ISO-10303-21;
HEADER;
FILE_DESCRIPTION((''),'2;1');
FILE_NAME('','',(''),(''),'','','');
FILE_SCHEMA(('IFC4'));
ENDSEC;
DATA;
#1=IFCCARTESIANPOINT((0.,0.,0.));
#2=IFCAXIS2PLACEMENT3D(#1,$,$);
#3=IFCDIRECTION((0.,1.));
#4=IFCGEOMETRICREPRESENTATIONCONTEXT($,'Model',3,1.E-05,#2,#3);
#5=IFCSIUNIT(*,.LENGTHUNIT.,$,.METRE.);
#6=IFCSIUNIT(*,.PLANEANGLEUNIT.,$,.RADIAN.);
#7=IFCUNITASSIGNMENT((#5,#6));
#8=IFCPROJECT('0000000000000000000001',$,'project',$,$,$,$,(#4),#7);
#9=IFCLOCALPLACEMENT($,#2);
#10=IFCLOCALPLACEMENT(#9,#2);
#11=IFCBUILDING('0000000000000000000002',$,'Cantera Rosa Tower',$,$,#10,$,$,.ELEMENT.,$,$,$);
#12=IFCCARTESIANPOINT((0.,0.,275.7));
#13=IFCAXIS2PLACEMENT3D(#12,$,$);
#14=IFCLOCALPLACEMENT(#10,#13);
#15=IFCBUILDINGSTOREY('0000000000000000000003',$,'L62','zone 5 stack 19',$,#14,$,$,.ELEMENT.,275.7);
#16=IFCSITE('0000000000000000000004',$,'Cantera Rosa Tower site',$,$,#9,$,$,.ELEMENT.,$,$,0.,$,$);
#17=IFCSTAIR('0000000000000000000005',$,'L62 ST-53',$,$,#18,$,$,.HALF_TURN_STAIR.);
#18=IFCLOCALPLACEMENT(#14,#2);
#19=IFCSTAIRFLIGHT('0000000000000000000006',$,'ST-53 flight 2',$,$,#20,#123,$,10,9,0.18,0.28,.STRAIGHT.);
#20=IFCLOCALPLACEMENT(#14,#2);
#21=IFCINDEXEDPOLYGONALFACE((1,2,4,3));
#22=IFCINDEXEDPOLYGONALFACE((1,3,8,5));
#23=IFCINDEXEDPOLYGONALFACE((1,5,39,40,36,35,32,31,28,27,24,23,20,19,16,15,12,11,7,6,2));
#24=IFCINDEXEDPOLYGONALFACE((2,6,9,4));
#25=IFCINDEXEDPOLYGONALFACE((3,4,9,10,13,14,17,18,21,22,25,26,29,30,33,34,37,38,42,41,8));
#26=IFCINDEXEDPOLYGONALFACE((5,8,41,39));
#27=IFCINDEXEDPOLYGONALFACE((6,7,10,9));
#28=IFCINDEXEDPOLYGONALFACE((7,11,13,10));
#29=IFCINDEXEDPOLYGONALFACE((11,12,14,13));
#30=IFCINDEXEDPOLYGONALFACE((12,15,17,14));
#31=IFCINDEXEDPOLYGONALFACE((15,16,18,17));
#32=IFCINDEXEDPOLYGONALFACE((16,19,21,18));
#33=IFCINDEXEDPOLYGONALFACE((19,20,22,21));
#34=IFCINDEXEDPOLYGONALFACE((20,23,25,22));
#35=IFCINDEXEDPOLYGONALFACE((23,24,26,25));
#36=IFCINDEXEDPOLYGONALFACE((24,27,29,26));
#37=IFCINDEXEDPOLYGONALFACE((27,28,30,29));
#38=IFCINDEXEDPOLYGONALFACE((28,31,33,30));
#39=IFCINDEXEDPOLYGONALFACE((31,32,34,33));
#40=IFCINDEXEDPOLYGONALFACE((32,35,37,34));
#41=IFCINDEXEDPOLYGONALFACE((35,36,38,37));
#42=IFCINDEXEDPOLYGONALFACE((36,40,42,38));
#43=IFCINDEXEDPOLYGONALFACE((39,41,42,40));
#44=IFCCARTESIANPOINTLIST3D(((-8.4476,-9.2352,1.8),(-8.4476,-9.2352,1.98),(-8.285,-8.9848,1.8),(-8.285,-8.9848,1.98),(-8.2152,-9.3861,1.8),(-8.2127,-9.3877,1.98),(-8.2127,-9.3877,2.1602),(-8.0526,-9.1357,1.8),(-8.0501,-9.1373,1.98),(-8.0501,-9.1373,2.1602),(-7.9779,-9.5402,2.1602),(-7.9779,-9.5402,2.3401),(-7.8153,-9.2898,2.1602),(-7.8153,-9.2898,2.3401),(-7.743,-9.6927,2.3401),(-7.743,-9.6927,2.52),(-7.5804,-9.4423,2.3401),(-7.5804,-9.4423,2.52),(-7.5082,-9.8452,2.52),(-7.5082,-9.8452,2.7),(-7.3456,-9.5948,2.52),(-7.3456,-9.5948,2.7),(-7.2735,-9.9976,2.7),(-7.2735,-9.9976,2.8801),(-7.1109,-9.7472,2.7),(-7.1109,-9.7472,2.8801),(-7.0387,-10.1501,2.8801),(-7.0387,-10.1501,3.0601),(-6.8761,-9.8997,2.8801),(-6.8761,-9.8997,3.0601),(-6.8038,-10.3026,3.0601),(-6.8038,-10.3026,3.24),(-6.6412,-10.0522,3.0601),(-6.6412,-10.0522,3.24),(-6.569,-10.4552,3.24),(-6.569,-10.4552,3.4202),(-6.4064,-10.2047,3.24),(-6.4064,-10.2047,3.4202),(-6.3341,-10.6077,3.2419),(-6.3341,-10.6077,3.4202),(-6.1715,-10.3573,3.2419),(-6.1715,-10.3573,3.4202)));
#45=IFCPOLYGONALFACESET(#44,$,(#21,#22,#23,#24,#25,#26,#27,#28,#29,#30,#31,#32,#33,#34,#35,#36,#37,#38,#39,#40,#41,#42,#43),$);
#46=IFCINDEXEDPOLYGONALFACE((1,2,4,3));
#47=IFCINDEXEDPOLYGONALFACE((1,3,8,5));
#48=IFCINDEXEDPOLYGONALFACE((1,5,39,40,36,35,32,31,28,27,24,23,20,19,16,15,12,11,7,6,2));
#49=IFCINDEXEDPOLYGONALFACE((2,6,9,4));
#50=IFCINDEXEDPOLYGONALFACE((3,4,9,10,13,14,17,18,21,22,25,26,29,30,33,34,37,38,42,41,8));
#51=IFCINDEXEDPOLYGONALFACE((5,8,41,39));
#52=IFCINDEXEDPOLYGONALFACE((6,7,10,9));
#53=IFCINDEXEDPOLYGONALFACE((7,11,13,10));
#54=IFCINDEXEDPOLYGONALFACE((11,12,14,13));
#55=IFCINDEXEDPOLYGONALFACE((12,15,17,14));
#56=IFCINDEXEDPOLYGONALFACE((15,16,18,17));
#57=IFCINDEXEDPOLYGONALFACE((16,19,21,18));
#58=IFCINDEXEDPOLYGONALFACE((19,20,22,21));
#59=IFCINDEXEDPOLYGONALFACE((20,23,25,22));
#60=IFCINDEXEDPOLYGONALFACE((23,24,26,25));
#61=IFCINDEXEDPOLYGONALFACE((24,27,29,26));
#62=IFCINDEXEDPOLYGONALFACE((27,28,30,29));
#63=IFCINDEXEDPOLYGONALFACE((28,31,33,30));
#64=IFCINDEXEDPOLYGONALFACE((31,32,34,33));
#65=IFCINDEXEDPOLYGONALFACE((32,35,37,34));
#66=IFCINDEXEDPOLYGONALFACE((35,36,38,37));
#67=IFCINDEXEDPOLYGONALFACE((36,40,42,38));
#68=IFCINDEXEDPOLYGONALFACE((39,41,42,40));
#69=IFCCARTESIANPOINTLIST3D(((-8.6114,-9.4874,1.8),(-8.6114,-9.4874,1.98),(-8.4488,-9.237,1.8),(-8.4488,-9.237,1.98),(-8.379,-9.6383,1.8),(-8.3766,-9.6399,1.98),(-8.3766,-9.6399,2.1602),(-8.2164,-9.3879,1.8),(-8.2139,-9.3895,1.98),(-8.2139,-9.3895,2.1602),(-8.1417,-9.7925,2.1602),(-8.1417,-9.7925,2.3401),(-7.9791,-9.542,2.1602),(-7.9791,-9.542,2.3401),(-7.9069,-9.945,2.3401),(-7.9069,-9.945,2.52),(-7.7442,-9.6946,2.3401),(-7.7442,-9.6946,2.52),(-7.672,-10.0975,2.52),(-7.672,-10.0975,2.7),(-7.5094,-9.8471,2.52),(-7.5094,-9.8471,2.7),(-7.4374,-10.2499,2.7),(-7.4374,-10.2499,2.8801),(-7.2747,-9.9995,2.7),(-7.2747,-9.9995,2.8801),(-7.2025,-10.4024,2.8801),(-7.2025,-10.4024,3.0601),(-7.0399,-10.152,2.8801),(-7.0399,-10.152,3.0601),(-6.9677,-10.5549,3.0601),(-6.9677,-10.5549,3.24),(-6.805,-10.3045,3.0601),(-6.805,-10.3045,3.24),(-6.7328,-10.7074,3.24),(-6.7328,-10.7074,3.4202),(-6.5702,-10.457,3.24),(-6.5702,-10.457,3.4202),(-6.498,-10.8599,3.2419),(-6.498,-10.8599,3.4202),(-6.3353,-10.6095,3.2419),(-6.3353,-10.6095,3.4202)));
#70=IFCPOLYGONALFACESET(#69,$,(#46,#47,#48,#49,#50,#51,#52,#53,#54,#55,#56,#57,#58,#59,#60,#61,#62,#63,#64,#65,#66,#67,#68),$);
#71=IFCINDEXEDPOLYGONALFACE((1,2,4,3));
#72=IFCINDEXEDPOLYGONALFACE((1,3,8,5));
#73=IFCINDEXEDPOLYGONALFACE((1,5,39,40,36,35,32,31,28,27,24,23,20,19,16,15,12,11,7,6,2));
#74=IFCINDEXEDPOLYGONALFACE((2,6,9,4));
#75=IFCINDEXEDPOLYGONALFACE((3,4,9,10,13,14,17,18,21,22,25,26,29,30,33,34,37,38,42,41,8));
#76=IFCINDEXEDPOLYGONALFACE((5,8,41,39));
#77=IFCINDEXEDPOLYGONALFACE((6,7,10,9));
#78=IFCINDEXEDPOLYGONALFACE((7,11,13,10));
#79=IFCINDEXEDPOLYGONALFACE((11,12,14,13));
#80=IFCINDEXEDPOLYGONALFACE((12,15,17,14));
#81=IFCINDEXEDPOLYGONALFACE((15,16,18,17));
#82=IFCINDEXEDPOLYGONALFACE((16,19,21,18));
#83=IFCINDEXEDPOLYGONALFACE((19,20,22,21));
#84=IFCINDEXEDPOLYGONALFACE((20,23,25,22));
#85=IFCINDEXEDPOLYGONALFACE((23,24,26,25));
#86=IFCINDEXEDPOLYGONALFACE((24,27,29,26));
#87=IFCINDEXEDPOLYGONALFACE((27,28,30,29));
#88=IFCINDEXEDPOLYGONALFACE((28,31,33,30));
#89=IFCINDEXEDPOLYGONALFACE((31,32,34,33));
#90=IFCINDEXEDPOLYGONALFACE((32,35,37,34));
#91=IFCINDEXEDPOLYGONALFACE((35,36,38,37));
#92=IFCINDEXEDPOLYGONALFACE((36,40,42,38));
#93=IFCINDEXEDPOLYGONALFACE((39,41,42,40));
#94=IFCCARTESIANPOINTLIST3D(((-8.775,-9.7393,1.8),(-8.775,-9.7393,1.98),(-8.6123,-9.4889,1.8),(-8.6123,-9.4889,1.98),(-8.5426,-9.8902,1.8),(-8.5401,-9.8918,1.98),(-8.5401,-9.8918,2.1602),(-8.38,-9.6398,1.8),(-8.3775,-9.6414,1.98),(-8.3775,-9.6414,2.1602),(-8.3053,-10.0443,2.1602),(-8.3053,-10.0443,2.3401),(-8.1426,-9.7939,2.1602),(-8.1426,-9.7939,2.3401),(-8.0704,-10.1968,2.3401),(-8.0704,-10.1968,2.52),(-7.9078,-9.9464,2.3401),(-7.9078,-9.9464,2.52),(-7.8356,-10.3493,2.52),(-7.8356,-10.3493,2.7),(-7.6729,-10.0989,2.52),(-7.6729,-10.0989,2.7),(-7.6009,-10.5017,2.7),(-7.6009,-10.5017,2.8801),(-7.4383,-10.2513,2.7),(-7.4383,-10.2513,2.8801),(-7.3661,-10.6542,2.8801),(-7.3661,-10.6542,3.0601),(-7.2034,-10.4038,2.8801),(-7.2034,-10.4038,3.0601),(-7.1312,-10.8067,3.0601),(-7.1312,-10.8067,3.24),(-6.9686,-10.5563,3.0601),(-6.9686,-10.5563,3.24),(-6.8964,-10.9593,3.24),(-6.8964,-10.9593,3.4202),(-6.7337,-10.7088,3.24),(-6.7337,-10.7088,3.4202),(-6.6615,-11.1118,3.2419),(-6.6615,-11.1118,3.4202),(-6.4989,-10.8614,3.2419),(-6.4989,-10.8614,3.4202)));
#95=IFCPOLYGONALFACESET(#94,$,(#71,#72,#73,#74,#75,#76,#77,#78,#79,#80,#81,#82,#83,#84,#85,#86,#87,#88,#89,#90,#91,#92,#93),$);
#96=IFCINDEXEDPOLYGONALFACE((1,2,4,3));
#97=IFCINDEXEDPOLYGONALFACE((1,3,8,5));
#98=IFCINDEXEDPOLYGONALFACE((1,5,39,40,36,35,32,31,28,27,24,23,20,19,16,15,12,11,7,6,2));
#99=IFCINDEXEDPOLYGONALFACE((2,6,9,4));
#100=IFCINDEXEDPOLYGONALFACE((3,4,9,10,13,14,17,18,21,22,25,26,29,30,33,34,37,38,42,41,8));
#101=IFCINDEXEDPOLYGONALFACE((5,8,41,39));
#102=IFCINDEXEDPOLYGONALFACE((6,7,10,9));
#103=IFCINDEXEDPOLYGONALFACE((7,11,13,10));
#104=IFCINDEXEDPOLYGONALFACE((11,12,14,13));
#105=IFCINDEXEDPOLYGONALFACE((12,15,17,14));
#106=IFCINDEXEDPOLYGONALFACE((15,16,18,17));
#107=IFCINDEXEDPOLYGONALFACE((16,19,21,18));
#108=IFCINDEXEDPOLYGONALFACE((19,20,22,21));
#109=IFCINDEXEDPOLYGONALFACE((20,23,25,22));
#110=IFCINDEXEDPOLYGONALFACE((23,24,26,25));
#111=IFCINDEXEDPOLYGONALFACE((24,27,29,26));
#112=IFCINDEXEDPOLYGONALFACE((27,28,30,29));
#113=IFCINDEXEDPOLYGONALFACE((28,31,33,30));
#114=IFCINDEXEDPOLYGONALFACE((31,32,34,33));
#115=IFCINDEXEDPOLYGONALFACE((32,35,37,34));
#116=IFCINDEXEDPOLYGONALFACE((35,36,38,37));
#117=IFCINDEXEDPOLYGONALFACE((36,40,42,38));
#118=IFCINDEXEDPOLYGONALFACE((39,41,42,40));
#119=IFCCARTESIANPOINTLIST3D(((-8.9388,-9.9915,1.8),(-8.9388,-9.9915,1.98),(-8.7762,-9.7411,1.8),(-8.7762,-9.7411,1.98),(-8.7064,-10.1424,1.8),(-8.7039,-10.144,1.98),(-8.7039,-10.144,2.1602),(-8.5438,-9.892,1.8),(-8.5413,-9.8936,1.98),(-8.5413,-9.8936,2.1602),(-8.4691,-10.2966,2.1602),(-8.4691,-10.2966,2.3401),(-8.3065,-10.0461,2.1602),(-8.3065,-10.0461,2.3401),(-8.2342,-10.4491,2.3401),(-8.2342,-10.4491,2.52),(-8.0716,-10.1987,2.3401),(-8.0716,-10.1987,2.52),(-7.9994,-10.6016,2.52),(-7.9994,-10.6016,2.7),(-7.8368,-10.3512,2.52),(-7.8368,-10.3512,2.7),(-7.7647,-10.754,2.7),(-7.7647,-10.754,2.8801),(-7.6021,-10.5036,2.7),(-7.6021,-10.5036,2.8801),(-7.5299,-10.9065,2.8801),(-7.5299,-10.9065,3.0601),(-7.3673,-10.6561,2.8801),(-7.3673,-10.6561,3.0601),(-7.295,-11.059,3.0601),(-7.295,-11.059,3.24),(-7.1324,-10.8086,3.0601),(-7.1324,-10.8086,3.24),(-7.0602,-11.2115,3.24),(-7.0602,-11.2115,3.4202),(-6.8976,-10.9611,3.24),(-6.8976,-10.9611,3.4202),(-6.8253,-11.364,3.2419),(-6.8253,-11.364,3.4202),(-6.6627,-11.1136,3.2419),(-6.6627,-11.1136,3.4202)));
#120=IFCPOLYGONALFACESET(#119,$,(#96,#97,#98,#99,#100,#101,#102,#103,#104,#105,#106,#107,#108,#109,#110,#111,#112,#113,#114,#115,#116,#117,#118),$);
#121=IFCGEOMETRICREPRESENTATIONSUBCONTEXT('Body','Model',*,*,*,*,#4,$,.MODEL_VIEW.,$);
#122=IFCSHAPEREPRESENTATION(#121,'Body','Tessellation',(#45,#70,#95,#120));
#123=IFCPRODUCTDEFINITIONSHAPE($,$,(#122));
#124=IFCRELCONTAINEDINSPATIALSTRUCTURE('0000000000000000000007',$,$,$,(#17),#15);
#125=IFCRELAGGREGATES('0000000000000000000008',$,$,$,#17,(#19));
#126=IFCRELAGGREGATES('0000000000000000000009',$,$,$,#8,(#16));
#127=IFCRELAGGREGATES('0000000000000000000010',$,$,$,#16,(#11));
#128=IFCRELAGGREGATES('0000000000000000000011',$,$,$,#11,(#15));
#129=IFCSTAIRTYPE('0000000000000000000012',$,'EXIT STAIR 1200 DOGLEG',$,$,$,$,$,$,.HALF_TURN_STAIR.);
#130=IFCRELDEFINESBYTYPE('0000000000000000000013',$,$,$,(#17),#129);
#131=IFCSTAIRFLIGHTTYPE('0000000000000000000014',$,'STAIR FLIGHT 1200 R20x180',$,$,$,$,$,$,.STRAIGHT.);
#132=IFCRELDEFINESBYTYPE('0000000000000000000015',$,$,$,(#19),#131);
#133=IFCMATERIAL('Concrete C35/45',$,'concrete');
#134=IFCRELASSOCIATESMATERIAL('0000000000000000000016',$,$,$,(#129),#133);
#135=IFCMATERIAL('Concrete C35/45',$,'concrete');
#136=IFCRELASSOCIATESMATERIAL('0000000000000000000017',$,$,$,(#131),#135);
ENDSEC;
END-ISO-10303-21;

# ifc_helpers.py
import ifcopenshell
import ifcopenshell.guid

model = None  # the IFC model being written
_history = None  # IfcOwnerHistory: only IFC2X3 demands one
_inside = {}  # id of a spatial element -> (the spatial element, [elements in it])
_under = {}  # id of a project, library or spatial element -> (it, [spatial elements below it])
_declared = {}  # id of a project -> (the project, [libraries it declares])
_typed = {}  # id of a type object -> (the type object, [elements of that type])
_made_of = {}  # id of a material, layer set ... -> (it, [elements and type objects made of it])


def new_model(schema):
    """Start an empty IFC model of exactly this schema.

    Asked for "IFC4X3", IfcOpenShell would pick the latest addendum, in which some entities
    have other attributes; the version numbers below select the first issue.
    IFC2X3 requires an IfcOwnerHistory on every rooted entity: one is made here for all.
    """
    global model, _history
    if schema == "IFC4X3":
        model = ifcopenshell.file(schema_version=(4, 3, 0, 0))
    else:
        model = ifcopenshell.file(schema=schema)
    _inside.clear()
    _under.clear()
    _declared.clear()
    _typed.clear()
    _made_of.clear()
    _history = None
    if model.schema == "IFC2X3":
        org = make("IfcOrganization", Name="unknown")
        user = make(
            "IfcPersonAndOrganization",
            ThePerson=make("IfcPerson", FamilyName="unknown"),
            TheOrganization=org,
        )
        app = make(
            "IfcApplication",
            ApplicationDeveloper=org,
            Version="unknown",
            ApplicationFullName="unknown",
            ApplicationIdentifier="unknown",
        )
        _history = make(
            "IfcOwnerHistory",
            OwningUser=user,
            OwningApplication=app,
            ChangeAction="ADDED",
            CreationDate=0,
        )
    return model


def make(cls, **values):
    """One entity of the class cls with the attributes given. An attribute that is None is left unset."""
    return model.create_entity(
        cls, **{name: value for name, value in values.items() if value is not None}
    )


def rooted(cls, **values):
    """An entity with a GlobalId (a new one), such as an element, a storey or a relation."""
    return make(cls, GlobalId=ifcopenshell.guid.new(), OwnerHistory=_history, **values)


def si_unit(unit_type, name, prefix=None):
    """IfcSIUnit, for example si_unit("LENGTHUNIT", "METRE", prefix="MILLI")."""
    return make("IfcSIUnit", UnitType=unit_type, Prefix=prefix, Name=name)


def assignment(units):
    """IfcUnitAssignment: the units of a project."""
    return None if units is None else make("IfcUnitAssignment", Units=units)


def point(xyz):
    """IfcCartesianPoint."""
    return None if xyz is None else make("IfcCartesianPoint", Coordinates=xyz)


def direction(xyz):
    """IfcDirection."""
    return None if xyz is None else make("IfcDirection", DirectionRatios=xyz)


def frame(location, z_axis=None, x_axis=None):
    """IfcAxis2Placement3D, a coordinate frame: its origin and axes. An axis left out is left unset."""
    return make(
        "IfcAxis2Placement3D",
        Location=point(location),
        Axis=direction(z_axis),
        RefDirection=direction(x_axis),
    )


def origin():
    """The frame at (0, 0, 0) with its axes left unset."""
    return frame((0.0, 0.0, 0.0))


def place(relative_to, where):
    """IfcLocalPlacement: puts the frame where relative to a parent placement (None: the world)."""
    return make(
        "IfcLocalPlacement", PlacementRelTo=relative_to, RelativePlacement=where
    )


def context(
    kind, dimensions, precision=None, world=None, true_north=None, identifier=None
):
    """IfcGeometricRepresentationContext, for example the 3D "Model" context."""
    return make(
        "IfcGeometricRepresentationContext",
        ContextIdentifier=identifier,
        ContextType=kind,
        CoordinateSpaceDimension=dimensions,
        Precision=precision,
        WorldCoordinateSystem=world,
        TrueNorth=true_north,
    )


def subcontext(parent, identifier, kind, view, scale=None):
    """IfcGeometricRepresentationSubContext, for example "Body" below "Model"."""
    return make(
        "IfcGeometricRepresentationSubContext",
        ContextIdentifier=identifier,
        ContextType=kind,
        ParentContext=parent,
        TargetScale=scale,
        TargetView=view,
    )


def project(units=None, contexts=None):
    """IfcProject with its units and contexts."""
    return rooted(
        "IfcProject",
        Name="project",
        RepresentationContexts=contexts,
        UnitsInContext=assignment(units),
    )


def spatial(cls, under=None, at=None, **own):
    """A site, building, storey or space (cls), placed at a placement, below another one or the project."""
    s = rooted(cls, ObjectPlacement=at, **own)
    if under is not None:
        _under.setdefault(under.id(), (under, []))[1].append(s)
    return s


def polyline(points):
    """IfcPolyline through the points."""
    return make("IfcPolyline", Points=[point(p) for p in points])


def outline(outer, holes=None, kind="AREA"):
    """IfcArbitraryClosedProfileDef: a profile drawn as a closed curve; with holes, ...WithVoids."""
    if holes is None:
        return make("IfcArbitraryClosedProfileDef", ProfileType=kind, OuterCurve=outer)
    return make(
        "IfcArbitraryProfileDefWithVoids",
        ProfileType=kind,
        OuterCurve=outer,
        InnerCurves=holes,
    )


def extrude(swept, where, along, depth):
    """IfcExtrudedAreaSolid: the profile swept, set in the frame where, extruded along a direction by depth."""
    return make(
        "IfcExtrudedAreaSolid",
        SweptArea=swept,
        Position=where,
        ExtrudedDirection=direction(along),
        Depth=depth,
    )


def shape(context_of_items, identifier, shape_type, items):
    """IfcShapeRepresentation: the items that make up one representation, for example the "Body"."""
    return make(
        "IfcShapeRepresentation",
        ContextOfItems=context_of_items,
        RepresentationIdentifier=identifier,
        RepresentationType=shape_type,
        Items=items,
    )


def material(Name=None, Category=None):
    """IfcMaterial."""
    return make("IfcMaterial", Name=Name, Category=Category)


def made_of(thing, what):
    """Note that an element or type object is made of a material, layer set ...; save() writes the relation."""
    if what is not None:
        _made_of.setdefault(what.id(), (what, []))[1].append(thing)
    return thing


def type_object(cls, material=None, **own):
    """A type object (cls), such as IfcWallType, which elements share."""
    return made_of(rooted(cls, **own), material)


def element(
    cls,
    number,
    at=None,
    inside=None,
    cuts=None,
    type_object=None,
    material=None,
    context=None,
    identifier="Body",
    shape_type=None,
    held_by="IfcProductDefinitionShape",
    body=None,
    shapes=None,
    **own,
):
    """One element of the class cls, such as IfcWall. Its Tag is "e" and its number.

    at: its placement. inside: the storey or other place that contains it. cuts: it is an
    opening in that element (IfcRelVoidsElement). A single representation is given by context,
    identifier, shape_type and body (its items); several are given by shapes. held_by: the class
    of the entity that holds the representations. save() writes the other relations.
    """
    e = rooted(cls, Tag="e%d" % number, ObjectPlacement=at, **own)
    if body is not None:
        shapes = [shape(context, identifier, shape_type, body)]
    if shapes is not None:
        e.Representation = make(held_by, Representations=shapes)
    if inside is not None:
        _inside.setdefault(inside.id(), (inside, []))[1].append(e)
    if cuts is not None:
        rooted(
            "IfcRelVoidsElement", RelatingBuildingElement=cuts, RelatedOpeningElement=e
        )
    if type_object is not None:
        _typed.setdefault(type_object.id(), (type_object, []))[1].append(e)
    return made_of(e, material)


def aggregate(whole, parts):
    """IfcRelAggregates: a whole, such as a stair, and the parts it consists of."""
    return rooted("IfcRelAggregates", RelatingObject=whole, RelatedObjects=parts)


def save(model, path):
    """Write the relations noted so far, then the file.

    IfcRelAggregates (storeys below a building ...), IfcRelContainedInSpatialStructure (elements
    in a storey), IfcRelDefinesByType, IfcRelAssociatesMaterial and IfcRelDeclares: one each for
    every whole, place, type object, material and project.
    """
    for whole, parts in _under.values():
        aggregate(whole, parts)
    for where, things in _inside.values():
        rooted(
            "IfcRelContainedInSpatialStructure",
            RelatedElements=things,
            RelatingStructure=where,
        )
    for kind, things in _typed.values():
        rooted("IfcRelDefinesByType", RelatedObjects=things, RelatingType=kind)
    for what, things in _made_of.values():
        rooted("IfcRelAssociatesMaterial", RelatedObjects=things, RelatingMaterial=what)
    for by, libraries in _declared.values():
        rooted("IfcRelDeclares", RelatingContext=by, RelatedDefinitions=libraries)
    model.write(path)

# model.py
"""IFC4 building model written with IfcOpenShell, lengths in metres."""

from ifc_helpers import new_model, si_unit, direction, frame, origin, place, context, subcontext, project, spatial, polyline, outline, extrude, material, type_object, element, aggregate, save


model = new_model("IFC4")

# Units and contexts
model_context = context("Model", 3, precision=1e-05, world=origin(), true_north=direction((0.0, 1.0)))
body_context = subcontext(model_context, "Body", "Model", "MODEL_VIEW")
ifc_project = project(units=[si_unit("LENGTHUNIT", "METRE"), si_unit("PLANEANGLEUNIT", "RADIAN")], contexts=[model_context])

# Site, building, storey
site_placement = place(None, origin())
site = spatial("IfcSite", under=ifc_project, at=site_placement, Name="Cantera Rosa Tower site", CompositionType="ELEMENT", RefElevation=0.0)
building_placement = place(site_placement, origin())
building = spatial("IfcBuilding", under=site, at=building_placement, Name="Cantera Rosa Tower", CompositionType="ELEMENT")
storey_placement = place(building_placement, frame((0.0, 0.0, 275.7)))
storey = spatial("IfcBuildingStorey", under=building, at=storey_placement, Name="L62", Description="zone 5 stack 19", CompositionType="ELEMENT", Elevation=275.7)

# Stair, stair flight
ifc_material_1 = material(Name="Concrete C35/45", Category="concrete")
stair_type = type_object("IfcStairType", Name="EXIT STAIR 1200 DOGLEG", PredefinedType="HALF_TURN_STAIR", material=ifc_material_1)
stair_placement = place(storey_placement, origin())
stair = element("IfcStair", 1, at=stair_placement, inside=storey, type_object=stair_type, Name="L62 ST-53", PredefinedType="HALF_TURN_STAIR")
ifc_material_2 = material(Name="Concrete C35/45", Category="concrete")
stair_flight_type = type_object("IfcStairFlightType", Name="STAIR FLIGHT 1200 R20x180", PredefinedType="STRAIGHT", material=ifc_material_2)
stair_flight_1_placement = place(storey_placement, frame((-8.6118, -9.488, 1.8), z_axis=(0.0, 0.0, 1.0), x_axis=(0.838671, -0.544639, 0.0)))
stair_flight_1 = element("IfcStairFlight", 2, at=stair_flight_1_placement, type_object=stair_flight_type, Name="ST-53 flight 2", NumberOfRisers=10, NumberOfTreads=9, PredefinedType="STRAIGHT", RiserHeight=0.18, TreadLength=0.28, context=body_context, shape_type="SweptSolid", body=[
    extrude(outline(polyline([(0.0, 0.0), (0.0, 0.1799), (0.28, 0.1799), (0.28, 0.3601), (0.5601, 0.3601), (0.5601, 0.54), (0.8401, 0.54), (0.8401, 0.72), (1.1201, 0.72), (1.1201, 0.8999), (1.3999, 0.8999), (1.3999, 1.0801), (1.6799, 1.0801), (1.6799, 1.26), (1.96, 1.26), (1.96, 1.4399), (2.24, 1.4399), (2.24, 1.6201), (2.52, 1.6201), (2.52, 1.8), (2.52, 1.4419), (0.2771, 0.0), (0.0, 0.0)])), frame((0.0, 0.6001, 0.0), z_axis=(0.0, -1.0, 0.0), x_axis=(1.0, 0.0, 0.0)), (0.0, 0.0, 1.0), 0.2986),
    extrude(outline(polyline([(0.0, 0.0), (0.0, 0.1799), (0.28, 0.1799), (0.28, 0.3601), (0.5601, 0.3601), (0.5601, 0.54), (0.8401, 0.54), (0.8401, 0.72), (1.1201, 0.72), (1.1201, 0.8999), (1.3999, 0.8999), (1.3999, 1.0801), (1.6799, 1.0801), (1.6799, 1.26), (1.96, 1.26), (1.96, 1.4399), (2.24, 1.4399), (2.24, 1.6201), (2.52, 1.6201), (2.52, 1.8), (2.52, 1.4419), (0.2771, 0.0), (0.0, 0.0)])), frame((0.0, 0.2993, 0.0), z_axis=(0.0, -1.0, 0.0), x_axis=(1.0, 0.0, 0.0)), (0.0, 0.0, 1.0), 0.2986),
    extrude(outline(polyline([(0.0, 0.0), (0.0, 0.1799), (0.28, 0.1799), (0.28, 0.3601), (0.5601, 0.3601), (0.5601, 0.54), (0.8401, 0.54), (0.8401, 0.72), (1.1201, 0.72), (1.1201, 0.8999), (1.3999, 0.8999), (1.3999, 1.0801), (1.6799, 1.0801), (1.6799, 1.26), (1.96, 1.26), (1.96, 1.4399), (2.24, 1.4399), (2.24, 1.6201), (2.52, 1.6201), (2.52, 1.8), (2.52, 1.4419), (0.2771, 0.0), (0.0, 0.0)])), frame((0.0, -0.001, 0.0), z_axis=(0.0, -1.0, 0.0), x_axis=(1.0, 0.0, 0.0)), (0.0, 0.0, 1.0), 0.2986),
    extrude(outline(polyline([(0.0, 0.0), (0.0, 0.1799), (0.28, 0.1799), (0.28, 0.3601), (0.5601, 0.3601), (0.5601, 0.54), (0.8401, 0.54), (0.8401, 0.72), (1.1201, 0.72), (1.1201, 0.8999), (1.3999, 0.8999), (1.3999, 1.0801), (1.6799, 1.0801), (1.6799, 1.26), (1.96, 1.26), (1.96, 1.4399), (2.24, 1.4399), (2.24, 1.6201), (2.52, 1.6201), (2.52, 1.8), (2.52, 1.4419), (0.2771, 0.0), (0.0, 0.0)])), frame((0.0, -0.3018, 0.0), z_axis=(0.0, -1.0, 0.0), x_axis=(1.0, 0.0, 0.0)), (0.0, 0.0, 1.0), 0.2986),
])
aggregate(stair, [stair_flight_1])

save(model, "model.ifc")
